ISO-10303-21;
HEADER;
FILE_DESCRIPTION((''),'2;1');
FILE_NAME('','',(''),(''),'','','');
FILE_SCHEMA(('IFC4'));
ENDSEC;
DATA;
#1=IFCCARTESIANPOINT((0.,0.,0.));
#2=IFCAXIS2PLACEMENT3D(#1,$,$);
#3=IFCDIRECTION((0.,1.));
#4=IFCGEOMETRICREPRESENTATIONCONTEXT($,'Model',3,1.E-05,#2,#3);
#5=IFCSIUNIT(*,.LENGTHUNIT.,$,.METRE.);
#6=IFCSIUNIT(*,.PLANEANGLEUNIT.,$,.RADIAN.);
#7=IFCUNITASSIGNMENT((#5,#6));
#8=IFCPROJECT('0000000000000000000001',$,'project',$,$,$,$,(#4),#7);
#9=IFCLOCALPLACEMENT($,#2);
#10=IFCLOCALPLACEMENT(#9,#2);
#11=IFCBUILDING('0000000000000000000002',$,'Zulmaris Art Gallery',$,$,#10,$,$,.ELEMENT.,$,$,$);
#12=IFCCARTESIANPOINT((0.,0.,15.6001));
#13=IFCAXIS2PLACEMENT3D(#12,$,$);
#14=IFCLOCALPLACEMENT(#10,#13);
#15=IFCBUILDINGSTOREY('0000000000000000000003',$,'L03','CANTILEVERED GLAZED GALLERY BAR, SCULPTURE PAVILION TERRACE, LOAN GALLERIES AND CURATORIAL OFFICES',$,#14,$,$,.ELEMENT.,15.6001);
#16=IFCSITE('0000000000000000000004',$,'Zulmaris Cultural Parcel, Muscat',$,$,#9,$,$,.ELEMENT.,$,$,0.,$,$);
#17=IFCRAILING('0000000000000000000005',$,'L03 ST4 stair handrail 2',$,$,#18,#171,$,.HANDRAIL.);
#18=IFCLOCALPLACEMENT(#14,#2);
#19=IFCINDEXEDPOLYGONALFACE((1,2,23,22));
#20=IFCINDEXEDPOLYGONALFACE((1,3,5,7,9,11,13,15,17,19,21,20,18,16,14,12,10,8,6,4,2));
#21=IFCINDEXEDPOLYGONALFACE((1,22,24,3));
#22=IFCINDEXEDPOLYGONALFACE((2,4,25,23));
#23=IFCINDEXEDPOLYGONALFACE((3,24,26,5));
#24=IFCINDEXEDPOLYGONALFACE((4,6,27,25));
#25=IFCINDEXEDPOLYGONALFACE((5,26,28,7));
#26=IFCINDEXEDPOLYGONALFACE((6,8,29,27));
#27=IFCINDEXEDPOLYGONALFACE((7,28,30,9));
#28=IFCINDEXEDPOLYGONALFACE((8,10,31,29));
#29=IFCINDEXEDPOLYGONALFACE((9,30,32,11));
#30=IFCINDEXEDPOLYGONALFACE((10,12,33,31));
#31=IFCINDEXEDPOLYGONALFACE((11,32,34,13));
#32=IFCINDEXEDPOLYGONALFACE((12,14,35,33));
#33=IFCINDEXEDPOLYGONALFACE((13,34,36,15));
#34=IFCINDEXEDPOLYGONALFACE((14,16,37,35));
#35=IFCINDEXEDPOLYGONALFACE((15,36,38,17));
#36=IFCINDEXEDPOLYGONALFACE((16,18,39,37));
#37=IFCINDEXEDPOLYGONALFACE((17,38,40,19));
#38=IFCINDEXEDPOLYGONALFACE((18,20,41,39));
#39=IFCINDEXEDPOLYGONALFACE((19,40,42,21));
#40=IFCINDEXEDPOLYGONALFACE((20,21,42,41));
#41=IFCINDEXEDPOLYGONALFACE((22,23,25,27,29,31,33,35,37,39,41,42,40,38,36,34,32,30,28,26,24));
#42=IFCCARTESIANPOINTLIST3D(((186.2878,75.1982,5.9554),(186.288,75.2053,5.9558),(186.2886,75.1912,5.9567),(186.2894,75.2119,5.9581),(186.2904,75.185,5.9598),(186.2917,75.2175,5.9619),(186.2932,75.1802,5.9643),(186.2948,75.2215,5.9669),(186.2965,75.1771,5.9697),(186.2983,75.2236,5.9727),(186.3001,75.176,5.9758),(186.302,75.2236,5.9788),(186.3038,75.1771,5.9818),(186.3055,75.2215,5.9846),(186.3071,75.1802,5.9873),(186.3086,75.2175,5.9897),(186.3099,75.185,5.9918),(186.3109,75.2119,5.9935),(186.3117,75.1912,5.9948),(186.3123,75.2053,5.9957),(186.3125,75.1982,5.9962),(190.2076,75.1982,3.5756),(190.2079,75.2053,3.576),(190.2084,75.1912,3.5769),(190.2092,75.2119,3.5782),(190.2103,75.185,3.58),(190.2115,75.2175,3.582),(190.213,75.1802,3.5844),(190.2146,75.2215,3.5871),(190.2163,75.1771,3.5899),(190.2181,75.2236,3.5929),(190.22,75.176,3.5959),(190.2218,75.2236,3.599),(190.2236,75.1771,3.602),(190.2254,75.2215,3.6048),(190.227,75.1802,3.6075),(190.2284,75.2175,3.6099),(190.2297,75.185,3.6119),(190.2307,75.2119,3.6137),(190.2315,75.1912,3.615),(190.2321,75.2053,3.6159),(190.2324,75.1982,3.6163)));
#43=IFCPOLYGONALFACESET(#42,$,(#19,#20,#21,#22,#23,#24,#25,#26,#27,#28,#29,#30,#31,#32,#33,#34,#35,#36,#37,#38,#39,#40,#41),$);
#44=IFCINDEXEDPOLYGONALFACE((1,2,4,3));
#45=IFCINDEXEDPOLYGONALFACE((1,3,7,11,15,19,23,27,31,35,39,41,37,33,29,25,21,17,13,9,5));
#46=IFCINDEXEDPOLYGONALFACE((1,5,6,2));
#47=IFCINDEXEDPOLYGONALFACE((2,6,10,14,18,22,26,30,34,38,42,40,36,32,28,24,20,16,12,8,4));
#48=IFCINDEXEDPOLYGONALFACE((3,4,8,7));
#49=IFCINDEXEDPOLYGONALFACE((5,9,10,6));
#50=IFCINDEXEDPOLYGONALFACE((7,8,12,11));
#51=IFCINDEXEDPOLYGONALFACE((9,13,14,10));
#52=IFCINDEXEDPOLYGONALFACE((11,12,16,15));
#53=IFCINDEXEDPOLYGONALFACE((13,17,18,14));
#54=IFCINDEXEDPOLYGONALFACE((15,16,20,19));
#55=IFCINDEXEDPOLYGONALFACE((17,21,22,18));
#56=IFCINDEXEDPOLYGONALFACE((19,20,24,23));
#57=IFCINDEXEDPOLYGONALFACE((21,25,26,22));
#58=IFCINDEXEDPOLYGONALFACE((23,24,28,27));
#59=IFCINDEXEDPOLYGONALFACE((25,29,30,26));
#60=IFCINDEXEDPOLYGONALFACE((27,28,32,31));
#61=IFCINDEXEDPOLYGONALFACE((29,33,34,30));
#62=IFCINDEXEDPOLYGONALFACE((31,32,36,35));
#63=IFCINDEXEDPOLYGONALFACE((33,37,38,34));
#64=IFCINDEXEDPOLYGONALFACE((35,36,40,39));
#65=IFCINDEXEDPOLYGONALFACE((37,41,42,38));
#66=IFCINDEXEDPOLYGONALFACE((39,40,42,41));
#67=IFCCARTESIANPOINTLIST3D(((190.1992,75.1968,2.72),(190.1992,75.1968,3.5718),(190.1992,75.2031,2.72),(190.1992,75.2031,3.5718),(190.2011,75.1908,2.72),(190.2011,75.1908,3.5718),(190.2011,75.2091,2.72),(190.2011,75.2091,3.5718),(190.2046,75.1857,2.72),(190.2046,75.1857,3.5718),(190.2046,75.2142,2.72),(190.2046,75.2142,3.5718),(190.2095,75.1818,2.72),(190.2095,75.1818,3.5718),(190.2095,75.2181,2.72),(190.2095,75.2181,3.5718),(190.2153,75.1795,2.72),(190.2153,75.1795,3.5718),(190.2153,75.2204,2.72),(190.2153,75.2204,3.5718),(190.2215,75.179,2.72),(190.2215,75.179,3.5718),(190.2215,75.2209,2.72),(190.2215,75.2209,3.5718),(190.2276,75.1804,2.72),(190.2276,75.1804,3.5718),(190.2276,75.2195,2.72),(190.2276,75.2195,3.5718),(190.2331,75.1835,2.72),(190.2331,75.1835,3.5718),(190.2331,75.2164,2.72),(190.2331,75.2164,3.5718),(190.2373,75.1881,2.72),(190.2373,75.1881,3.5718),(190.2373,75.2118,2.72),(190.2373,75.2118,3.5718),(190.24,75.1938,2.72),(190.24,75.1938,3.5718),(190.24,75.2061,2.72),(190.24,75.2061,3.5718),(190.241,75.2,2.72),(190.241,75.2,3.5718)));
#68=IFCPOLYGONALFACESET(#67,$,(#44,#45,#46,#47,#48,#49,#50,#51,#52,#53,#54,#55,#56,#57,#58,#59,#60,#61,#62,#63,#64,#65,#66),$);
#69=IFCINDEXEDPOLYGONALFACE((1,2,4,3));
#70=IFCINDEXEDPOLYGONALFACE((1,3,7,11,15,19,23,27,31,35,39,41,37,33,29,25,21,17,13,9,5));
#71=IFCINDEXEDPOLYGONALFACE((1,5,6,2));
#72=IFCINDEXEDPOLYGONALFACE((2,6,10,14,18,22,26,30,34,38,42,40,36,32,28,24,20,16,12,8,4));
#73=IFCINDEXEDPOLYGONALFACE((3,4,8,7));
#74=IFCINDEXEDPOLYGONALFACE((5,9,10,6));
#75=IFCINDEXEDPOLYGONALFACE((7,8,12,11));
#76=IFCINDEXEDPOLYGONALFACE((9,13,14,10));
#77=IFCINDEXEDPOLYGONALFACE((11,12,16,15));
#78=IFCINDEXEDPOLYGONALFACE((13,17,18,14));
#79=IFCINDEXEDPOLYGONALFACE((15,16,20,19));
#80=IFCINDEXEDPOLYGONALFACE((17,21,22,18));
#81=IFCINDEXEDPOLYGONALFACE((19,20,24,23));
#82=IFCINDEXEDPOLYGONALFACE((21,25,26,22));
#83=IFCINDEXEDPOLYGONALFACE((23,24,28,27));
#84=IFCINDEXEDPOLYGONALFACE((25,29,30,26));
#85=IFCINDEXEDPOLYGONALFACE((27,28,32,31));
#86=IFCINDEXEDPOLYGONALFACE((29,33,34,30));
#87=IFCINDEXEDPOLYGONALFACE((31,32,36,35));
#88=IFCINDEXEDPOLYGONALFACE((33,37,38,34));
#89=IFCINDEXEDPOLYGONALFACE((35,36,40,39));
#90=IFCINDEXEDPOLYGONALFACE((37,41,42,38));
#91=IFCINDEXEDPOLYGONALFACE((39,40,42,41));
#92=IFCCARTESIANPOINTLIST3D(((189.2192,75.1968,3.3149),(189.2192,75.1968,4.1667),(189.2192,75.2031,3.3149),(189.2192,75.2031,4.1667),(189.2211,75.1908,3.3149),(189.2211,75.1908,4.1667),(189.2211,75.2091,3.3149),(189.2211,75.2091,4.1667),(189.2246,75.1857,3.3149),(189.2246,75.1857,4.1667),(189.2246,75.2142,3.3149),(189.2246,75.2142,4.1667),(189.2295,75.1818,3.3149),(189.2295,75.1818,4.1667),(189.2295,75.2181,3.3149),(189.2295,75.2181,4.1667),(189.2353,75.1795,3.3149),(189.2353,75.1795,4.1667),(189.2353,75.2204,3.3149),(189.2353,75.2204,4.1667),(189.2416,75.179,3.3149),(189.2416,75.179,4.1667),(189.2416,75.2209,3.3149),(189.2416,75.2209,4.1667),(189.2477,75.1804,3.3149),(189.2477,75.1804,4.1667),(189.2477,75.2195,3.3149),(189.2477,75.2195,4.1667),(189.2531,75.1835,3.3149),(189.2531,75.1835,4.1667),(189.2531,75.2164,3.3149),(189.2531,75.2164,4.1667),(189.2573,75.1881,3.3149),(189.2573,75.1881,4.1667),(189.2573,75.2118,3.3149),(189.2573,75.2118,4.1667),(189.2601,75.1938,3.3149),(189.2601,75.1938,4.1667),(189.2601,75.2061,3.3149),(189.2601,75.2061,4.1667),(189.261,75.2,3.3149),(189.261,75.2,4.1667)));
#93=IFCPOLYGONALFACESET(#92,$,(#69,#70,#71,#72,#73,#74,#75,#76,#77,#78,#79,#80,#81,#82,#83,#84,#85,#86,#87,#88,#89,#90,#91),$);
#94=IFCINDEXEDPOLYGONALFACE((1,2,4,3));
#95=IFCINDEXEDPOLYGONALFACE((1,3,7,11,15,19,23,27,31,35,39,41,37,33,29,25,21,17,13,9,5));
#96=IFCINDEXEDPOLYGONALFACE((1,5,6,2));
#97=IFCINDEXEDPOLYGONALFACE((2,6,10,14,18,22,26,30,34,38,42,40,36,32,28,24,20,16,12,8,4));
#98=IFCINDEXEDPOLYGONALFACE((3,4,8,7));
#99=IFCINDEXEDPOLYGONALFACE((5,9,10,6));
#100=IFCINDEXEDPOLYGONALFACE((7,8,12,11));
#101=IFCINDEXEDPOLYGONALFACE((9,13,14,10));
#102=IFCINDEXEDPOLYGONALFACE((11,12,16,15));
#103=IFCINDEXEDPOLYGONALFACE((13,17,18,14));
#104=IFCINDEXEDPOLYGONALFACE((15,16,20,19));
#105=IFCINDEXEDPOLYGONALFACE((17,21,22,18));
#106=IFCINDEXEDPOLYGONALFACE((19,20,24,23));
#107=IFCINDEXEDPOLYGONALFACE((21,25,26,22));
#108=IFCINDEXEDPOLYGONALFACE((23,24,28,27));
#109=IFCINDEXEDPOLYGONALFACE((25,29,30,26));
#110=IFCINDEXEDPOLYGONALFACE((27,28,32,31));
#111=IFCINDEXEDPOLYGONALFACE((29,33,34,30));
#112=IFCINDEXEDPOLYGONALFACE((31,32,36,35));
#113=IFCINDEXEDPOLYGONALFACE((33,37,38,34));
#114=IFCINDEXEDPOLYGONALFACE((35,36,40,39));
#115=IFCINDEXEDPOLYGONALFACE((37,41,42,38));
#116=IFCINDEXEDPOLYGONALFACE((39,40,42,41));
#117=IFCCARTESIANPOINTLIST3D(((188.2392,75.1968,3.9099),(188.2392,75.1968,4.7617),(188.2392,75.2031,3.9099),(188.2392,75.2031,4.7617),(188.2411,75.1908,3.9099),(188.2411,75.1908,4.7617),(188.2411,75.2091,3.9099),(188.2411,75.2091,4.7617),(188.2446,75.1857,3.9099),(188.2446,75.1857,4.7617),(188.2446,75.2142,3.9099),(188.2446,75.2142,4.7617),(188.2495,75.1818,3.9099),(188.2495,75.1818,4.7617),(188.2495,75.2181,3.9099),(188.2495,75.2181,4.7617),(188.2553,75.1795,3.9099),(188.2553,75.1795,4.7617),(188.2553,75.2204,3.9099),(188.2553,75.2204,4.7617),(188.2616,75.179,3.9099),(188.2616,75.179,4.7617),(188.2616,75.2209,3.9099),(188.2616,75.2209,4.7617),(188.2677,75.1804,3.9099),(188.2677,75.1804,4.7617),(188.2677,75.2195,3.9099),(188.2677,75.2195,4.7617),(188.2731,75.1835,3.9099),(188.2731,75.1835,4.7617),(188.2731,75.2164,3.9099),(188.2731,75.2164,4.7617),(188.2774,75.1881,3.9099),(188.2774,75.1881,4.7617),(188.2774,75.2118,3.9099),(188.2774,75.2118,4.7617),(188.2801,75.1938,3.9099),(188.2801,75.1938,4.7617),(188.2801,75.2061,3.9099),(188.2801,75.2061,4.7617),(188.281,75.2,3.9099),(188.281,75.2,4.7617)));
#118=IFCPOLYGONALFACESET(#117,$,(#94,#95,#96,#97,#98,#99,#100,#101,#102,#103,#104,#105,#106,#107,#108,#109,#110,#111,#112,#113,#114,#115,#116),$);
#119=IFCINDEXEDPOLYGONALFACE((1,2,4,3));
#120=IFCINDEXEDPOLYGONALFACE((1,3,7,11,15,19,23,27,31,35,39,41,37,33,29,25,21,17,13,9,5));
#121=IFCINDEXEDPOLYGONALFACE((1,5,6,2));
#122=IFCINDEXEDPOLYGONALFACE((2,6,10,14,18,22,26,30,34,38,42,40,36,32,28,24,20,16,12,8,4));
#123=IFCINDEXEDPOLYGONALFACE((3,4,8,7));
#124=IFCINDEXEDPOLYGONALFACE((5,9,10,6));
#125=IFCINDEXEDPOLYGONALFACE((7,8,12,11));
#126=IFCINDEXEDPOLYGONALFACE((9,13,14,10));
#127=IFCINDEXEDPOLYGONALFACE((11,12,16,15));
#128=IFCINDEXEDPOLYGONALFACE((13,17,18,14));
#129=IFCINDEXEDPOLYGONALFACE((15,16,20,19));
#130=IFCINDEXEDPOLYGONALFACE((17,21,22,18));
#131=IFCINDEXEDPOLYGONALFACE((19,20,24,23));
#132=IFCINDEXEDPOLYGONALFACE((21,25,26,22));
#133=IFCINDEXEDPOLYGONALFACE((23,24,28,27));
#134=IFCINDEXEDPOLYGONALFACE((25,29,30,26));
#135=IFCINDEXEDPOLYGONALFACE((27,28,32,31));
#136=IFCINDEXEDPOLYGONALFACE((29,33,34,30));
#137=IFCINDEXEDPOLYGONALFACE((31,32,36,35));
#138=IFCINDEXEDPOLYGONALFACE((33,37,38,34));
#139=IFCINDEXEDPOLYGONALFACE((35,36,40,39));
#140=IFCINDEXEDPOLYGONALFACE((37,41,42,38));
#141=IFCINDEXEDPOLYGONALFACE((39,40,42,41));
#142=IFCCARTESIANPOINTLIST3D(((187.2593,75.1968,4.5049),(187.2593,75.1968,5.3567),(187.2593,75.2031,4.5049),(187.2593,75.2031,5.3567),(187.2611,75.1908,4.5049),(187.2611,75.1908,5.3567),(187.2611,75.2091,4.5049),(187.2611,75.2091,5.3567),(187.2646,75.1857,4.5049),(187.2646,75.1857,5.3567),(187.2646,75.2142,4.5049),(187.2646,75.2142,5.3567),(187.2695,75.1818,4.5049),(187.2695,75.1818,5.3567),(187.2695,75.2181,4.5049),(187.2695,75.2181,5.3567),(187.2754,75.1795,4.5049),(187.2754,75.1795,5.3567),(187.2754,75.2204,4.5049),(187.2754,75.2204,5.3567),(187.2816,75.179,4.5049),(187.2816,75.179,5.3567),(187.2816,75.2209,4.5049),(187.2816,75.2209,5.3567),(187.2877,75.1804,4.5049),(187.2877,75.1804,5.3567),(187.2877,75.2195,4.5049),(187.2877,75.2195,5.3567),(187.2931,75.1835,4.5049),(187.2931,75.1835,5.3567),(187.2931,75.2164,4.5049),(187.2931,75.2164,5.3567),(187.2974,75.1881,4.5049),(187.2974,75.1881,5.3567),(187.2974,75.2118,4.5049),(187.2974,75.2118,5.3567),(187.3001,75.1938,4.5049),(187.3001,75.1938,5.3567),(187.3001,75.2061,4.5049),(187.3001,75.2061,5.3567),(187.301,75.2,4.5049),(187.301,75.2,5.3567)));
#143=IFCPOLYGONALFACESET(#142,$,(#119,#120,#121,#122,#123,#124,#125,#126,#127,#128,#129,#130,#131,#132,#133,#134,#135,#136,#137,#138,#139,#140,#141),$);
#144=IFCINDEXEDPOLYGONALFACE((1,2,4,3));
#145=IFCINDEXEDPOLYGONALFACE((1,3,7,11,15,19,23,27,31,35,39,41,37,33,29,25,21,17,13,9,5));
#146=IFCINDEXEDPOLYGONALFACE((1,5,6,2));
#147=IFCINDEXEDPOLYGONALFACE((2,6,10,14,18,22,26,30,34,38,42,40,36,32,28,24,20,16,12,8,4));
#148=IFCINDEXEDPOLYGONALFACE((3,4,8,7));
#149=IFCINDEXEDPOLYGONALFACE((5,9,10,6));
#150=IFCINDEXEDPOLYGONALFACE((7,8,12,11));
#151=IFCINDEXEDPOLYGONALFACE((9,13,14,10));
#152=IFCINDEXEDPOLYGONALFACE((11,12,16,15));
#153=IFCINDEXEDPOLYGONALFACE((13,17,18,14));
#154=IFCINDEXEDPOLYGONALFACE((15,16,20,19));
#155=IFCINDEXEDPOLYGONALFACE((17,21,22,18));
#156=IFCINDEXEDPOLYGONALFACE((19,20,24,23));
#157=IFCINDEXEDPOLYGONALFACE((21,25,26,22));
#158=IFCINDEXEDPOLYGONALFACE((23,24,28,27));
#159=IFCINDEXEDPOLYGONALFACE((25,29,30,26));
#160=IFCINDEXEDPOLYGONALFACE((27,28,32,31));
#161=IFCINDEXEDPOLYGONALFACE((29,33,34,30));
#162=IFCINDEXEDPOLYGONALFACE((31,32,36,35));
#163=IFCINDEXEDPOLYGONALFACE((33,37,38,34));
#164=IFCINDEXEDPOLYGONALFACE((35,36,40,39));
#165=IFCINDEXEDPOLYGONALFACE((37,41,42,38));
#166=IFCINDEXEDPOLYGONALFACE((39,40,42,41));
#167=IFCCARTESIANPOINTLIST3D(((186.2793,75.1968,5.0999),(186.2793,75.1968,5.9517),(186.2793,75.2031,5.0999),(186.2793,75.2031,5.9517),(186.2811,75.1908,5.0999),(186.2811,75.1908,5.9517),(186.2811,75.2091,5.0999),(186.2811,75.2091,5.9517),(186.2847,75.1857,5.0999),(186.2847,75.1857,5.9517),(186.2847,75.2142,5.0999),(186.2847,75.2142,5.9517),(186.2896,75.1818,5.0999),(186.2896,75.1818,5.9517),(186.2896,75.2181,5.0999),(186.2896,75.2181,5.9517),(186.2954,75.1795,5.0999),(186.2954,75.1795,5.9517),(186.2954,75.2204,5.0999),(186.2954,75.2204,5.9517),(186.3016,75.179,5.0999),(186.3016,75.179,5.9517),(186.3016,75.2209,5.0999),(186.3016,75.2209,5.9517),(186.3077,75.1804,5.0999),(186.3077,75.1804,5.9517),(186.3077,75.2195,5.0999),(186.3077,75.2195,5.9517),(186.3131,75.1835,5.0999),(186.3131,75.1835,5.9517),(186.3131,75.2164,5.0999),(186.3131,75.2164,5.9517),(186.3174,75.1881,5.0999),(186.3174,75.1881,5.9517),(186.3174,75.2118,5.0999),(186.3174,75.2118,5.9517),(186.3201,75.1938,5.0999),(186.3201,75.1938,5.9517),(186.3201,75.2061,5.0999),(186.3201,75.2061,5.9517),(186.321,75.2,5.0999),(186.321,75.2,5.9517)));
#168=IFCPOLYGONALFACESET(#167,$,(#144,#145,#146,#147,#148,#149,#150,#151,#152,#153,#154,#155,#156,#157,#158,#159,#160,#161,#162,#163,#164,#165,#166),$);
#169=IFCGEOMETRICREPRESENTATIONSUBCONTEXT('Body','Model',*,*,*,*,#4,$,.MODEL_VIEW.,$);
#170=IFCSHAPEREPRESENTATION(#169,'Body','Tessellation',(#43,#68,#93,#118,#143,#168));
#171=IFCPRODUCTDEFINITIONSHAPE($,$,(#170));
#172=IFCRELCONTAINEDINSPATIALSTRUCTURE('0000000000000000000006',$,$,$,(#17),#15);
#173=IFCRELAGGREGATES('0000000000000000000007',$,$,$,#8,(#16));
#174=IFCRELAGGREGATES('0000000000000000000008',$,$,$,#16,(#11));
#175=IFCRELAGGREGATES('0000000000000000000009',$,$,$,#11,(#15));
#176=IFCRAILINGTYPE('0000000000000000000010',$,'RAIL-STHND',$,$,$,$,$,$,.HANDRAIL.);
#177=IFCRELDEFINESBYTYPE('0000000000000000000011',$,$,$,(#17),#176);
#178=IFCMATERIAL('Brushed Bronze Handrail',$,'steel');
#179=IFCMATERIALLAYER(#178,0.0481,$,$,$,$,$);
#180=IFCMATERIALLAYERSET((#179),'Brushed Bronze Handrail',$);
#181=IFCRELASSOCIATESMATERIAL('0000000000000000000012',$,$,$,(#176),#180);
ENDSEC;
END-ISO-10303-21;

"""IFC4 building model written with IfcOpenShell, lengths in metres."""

from ifc_helpers import new_model, si_unit, direction, frame, origin, origin_2d, place, context, subcontext, project, spatial, circle, extrude, material, layer, layer_set, type_object, element, save


model = new_model("IFC4")

# Units and contexts
model_context = context("Model", 3, precision=1e-05, world=origin(), true_north=direction((0.0, 1.0)))
body_context = subcontext(model_context, "Body", "Model", "MODEL_VIEW")
ifc_project = project(units=[si_unit("LENGTHUNIT", "METRE"), si_unit("PLANEANGLEUNIT", "RADIAN")], contexts=[model_context])

# Site, building, storey
site_placement = place(None, origin())
site = spatial("IfcSite", under=ifc_project, at=site_placement, Name="Zulmaris Cultural Parcel, Muscat", CompositionType="ELEMENT", RefElevation=0.0)
building_placement = place(site_placement, origin())
building = spatial("IfcBuilding", under=site, at=building_placement, Name="Zulmaris Art Gallery", CompositionType="ELEMENT")
storey_placement = place(building_placement, frame((0.0, 0.0, 15.6001)))
storey = spatial("IfcBuildingStorey", under=building, at=storey_placement, Name="L03", Description="CANTILEVERED GLAZED GALLERY BAR, SCULPTURE PAVILION TERRACE, LOAN GALLERIES AND CURATORIAL OFFICES", CompositionType="ELEMENT", Elevation=15.6001)

# Railing
ifc_material_1 = material(Name="Brushed Bronze Handrail", Category="steel")
ifc_layer_1 = layer(ifc_material_1, 0.0481)
ifc_layer_set_1 = layer_set([ifc_layer_1], Name="Brushed Bronze Handrail")
railing_type_1 = type_object("IfcRailingType", Name="RAIL-STHND", PredefinedType="HANDRAIL", material=ifc_layer_set_1)
railing_1_placement = place(storey_placement, frame((190.22, 75.2, 2.72)))
element("IfcRailing", 1, at=railing_1_placement, inside=storey, type_object=railing_type_1, Name="L03 ST4 stair handrail 2", PredefinedType="HANDRAIL", context=body_context, shape_type="SweptSolid", body=[
    extrude(circle(Radius=0.0239, at=origin_2d()), frame((0.0, 0.0, 0.876), z_axis=(-0.854794, 0.0, 0.518967), x_axis=(0.0, -1.0, 0.0)), (0.0, 0.0, 1.0), 4.5857),
    extrude(circle(Radius=0.021, at=origin_2d()), origin(), (0.0, 0.0, 1.0), 0.8518),
    extrude(circle(Radius=0.021, at=origin_2d()), frame((-0.98, 0.0, 0.595)), (0.0, 0.0, 1.0), 0.8518),
    extrude(circle(Radius=0.021, at=origin_2d()), frame((-1.96, 0.0, 1.1899)), (0.0, 0.0, 1.0), 0.8518),
    extrude(circle(Radius=0.021, at=origin_2d()), frame((-2.9399, 0.0, 1.7849)), (0.0, 0.0, 1.0), 0.8518),
    extrude(circle(Radius=0.021, at=origin_2d()), frame((-3.9199, 0.0, 2.3799)), (0.0, 0.0, 1.0), 0.8518),
])

save(model, "model.ifc")
